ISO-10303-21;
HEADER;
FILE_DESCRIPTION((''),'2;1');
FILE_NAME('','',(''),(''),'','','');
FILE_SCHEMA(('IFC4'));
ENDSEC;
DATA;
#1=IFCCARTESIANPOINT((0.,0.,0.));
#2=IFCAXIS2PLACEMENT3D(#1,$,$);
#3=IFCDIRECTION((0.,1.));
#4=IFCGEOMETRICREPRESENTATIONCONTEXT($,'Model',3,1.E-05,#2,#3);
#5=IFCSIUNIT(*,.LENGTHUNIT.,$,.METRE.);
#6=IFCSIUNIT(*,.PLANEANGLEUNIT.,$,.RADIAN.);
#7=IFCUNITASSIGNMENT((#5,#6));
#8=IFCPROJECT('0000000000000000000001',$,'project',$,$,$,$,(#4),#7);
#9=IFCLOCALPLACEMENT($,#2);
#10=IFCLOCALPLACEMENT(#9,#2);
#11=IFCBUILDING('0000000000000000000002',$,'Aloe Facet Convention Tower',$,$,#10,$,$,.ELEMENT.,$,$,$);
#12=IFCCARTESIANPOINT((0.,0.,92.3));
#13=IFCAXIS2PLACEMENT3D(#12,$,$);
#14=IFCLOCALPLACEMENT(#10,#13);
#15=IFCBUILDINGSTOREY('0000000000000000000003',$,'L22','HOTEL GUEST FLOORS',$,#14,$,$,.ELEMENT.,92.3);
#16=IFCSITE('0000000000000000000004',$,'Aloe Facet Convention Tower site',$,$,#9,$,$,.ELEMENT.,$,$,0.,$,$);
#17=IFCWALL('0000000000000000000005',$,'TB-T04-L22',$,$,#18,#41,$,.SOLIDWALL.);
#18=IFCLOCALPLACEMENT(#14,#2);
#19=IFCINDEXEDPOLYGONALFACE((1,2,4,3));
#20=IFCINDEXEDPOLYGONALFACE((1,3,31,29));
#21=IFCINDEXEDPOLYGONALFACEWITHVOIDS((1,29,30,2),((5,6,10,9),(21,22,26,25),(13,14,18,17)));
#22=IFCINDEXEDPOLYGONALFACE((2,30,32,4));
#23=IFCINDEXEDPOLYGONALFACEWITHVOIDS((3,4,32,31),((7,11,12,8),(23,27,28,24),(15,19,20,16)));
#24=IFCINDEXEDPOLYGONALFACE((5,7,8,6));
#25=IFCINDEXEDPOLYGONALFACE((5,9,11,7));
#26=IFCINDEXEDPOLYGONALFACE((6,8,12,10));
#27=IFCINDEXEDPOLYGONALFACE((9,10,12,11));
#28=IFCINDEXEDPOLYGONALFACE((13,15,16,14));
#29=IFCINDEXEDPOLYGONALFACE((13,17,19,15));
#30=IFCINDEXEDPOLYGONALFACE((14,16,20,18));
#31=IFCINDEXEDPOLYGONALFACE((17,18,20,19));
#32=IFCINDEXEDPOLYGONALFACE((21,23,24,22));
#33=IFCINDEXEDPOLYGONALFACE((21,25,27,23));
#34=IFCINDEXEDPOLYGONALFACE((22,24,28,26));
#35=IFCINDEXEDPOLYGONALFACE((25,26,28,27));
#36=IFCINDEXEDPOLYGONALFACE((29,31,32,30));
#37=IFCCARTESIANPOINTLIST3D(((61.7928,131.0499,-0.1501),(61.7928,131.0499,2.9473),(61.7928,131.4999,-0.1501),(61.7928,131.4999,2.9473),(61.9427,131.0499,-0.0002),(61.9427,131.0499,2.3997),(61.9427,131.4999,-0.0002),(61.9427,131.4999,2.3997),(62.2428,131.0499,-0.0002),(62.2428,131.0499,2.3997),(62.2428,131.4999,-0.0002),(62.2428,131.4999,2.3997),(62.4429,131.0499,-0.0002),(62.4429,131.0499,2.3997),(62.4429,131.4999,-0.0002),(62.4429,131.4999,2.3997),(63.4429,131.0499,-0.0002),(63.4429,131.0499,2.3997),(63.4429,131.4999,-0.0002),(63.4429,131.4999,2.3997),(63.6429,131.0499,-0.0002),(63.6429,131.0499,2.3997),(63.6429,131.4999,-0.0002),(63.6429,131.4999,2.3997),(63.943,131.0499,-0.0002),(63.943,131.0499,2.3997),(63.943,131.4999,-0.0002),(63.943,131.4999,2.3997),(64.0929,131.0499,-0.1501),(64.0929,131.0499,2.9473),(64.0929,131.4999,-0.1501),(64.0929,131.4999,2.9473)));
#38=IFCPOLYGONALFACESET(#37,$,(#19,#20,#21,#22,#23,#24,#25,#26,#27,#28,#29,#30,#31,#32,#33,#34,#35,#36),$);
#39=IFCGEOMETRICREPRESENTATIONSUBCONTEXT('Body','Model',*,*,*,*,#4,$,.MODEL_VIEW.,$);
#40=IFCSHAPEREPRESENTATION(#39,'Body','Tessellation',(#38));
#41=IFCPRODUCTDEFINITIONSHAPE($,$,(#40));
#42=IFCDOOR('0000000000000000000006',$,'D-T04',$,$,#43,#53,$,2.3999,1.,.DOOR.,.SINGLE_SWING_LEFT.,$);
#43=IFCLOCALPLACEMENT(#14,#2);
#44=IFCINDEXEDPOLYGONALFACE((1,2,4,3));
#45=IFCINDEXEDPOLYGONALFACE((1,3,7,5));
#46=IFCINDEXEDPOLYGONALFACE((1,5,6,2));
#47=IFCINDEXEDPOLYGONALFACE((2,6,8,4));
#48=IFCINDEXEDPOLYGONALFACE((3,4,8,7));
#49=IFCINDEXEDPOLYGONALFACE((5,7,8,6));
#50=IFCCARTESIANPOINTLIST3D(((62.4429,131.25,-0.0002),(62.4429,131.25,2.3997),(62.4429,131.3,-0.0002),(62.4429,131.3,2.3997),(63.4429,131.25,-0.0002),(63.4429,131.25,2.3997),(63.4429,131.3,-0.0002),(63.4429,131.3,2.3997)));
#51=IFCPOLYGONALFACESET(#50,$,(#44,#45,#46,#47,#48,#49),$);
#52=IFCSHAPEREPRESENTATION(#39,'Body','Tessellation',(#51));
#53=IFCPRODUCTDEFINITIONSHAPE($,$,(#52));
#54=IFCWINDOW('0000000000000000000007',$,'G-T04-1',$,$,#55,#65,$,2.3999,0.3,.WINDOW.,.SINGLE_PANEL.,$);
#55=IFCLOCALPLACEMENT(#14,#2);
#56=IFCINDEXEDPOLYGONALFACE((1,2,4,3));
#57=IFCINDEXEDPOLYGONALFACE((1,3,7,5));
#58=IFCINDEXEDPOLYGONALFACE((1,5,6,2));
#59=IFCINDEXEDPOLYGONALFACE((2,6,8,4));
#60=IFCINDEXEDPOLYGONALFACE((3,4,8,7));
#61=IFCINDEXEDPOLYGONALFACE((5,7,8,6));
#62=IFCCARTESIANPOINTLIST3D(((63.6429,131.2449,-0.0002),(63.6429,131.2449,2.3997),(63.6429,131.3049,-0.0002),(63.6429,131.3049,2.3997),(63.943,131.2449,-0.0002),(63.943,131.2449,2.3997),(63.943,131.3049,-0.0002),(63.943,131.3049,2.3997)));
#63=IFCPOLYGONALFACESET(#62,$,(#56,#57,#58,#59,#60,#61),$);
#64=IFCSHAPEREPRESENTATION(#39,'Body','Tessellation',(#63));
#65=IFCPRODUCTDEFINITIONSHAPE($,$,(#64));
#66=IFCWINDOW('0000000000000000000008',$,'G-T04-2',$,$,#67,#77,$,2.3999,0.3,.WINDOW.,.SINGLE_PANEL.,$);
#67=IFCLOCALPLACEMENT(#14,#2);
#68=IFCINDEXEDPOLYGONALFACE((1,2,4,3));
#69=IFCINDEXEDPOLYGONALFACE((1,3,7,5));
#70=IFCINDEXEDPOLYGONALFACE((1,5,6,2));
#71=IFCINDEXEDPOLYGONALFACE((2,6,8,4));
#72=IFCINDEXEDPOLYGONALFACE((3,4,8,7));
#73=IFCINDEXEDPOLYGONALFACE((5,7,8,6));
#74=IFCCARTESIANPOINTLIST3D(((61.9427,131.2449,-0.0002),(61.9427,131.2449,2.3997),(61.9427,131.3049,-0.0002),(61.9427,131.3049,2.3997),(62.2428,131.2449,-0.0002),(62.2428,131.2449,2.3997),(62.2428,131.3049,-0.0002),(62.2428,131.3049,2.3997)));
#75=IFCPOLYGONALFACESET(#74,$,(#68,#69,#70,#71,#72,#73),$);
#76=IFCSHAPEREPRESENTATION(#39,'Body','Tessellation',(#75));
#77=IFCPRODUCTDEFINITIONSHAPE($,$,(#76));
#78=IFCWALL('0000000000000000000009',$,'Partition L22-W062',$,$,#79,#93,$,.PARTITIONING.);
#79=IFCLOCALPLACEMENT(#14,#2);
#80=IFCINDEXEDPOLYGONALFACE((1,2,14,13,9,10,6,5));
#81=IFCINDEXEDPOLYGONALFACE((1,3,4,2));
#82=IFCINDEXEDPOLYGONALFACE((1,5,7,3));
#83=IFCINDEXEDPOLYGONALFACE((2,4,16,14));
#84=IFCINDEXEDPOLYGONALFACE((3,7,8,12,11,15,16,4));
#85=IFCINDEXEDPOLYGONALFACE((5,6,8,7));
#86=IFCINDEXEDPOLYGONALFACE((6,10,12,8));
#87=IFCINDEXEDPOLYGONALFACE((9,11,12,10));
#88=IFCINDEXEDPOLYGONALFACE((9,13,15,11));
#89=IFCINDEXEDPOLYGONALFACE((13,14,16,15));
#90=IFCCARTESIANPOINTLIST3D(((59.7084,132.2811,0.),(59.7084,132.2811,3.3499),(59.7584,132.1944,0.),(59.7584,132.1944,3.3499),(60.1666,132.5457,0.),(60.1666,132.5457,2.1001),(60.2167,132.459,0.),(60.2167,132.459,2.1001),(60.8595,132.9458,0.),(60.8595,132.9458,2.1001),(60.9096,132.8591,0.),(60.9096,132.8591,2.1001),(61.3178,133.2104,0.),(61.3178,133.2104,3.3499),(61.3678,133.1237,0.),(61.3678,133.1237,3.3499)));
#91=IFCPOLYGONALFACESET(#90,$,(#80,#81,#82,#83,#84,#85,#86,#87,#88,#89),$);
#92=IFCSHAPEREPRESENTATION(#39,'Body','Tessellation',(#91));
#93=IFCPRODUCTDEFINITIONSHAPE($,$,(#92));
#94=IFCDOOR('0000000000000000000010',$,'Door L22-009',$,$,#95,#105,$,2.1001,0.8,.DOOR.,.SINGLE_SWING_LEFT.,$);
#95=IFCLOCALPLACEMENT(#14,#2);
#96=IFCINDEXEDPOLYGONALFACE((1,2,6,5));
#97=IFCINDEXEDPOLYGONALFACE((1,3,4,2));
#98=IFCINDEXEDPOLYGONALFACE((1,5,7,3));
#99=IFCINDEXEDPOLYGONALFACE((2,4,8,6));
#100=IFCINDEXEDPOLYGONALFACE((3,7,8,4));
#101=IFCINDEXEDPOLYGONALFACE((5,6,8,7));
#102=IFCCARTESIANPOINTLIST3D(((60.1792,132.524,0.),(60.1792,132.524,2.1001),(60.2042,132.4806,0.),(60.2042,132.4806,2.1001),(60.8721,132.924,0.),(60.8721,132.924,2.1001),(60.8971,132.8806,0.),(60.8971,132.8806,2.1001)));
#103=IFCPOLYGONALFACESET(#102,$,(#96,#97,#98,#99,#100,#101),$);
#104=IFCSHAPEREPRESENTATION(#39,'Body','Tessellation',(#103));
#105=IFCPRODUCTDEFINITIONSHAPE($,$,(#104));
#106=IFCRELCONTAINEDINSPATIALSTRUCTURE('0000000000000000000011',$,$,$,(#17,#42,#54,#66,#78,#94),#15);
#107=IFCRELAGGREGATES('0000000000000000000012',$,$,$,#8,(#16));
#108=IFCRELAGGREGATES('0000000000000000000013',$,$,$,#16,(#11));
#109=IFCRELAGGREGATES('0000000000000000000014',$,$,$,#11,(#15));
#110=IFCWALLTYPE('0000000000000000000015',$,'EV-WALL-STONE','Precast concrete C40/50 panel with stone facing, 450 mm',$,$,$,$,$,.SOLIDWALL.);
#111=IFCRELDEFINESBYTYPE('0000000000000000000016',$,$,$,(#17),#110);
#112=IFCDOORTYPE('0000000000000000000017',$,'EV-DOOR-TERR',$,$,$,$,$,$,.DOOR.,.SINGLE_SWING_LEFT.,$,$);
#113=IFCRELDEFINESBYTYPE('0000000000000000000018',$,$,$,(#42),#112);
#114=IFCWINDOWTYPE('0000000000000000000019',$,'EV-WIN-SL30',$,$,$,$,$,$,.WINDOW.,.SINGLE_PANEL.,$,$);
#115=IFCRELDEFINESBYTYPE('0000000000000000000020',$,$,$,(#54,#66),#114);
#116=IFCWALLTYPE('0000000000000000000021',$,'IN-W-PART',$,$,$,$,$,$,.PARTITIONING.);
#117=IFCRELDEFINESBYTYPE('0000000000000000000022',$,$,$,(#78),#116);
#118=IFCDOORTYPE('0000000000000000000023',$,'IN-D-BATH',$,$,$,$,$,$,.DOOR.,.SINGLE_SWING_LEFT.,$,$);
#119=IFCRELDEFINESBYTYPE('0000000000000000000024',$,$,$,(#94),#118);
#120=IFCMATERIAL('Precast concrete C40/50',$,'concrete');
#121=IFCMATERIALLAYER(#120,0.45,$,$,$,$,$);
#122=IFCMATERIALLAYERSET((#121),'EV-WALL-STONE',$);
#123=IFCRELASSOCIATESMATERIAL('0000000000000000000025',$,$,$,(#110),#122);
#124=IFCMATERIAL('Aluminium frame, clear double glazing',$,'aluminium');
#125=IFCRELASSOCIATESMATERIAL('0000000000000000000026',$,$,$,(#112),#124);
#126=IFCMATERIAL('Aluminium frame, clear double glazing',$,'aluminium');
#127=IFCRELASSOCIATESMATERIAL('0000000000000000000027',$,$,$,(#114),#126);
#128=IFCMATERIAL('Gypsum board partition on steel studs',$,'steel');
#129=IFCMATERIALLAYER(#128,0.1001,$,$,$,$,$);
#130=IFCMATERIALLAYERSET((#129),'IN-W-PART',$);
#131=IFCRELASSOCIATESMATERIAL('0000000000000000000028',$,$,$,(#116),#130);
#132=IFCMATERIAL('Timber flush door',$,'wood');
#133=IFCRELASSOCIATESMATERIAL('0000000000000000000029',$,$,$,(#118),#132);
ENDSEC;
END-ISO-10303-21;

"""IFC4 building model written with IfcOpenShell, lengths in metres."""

from ifc_helpers import new_model, si_unit, direction, frame, frame_2d, origin, place, context, subcontext, project, spatial, rectangle, extrude, material, layer, layer_set, type_object, element, fill, save


model = new_model("IFC4")

# Units and contexts
model_context = context("Model", 3, precision=1e-05, world=origin(), true_north=direction((0.0, 1.0)))
body_context = subcontext(model_context, "Body", "Model", "MODEL_VIEW")
ifc_project = project(units=[si_unit("LENGTHUNIT", "METRE"), si_unit("PLANEANGLEUNIT", "RADIAN")], contexts=[model_context])

# Site, building, storey
site_placement = place(None, origin())
site = spatial("IfcSite", under=ifc_project, at=site_placement, Name="Aloe Facet Convention Tower site", CompositionType="ELEMENT", RefElevation=0.0)
building_placement = place(site_placement, origin())
building = spatial("IfcBuilding", under=site, at=building_placement, Name="Aloe Facet Convention Tower", CompositionType="ELEMENT")
storey_placement = place(building_placement, frame((0.0, 0.0, 92.3)))
storey = spatial("IfcBuildingStorey", under=building, at=storey_placement, Name="L22", Description="HOTEL GUEST FLOORS", CompositionType="ELEMENT", Elevation=92.3)

# Shared definitions
ifc_material_1 = material(Name="Precast concrete C40/50", Category="concrete")
ifc_layer_1 = layer(ifc_material_1, 0.45)
ifc_layer_set_1 = layer_set([ifc_layer_1], Name="EV-WALL-STONE")
wall_type_1 = type_object("IfcWallType", Name="EV-WALL-STONE", Description="Precast concrete C40/50 panel with stone facing, 450 mm", PredefinedType="SOLIDWALL", material=ifc_layer_set_1)

# Wall, openings, door, windows
wall_1_placement = place(storey_placement, frame((64.0928, 131.2749, -0.1501), z_axis=(0.0, 0.0, 1.0), x_axis=(-1.0, 0.0, 0.0)))
wall_1 = element("IfcWall", 1, at=wall_1_placement, inside=storey, type_object=wall_type_1, Name="TB-T04-L22", PredefinedType="SOLIDWALL", context=body_context, shape_type="SweptSolid", body=[
    extrude(rectangle(XDim=2.3, YDim=0.45, at=frame_2d((1.1499, 0.0))), origin(), (0.0, 0.0, 1.0), 3.0974),
])
opening_1_placement = place(wall_1_placement, frame((0.6499, 0.0, 0.1499)))
opening_1 = element("IfcOpeningElement", 2, at=opening_1_placement, cuts=wall_1, PredefinedType="OPENING", context=body_context, shape_type="SweptSolid", body=[
    extrude(rectangle(XDim=1.0, YDim=2.3999, at=frame_2d((0.5, 1.2))), frame((0.0, 0.2349, 0.0), z_axis=(0.0, -1.0, 0.0), x_axis=(1.0, 0.0, 0.0)), (0.0, 0.0, 1.0), 0.47),
])
opening_2_placement = place(wall_1_placement, frame((0.1499, 0.0, 0.1499)))
opening_2 = element("IfcOpeningElement", 3, at=opening_2_placement, cuts=wall_1, PredefinedType="OPENING", context=body_context, shape_type="SweptSolid", body=[
    extrude(rectangle(XDim=0.3, YDim=2.3999, at=frame_2d((0.1499, 1.2))), frame((0.0, 0.2349, 0.0), z_axis=(0.0, -1.0, 0.0), x_axis=(1.0, 0.0, 0.0)), (0.0, 0.0, 1.0), 0.47),
])
opening_3_placement = place(wall_1_placement, frame((1.8501, 0.0, 0.1499)))
opening_3 = element("IfcOpeningElement", 4, at=opening_3_placement, cuts=wall_1, PredefinedType="OPENING", context=body_context, shape_type="SweptSolid", body=[
    extrude(rectangle(XDim=0.3, YDim=2.3999, at=frame_2d((0.1499, 1.2))), frame((0.0, 0.2349, 0.0), z_axis=(0.0, -1.0, 0.0), x_axis=(1.0, 0.0, 0.0)), (0.0, 0.0, 1.0), 0.47),
])
ifc_material_2 = material(Name="Aluminium frame, clear double glazing", Category="aluminium")
door_type_1 = type_object("IfcDoorType", Name="EV-DOOR-TERR", OperationType="SINGLE_SWING_LEFT", PredefinedType="DOOR", material=ifc_material_2)
door_1_placement = place(opening_1_placement, origin())
door_1 = element("IfcDoor", 5, at=door_1_placement, inside=storey, type_object=door_type_1, Name="D-T04", OperationType="SINGLE_SWING_LEFT", OverallHeight=2.3999, OverallWidth=1.0, PredefinedType="DOOR", context=body_context, shape_type="SweptSolid", body=[
    extrude(rectangle(XDim=1.0, YDim=2.3999, at=frame_2d((0.5, 1.2))), frame((0.0, 0.0249, 0.0), z_axis=(0.0, -1.0, 0.0), x_axis=(1.0, 0.0, 0.0)), (0.0, 0.0, 1.0), 0.05),
])
fill(opening_1, door_1)
ifc_material_3 = material(Name="Aluminium frame, clear double glazing", Category="aluminium")
window_type_1 = type_object("IfcWindowType", Name="EV-WIN-SL30", PartitioningType="SINGLE_PANEL", PredefinedType="WINDOW", material=ifc_material_3)
window_1_placement = place(opening_2_placement, origin())
window_1 = element("IfcWindow", 6, at=window_1_placement, inside=storey, type_object=window_type_1, Name="G-T04-1", OverallHeight=2.3999, OverallWidth=0.3, PartitioningType="SINGLE_PANEL", PredefinedType="WINDOW", context=body_context, shape_type="SweptSolid", body=[
    extrude(rectangle(XDim=0.3, YDim=2.3999, at=frame_2d((0.1499, 1.2))), frame((0.0, 0.03, 0.0), z_axis=(0.0, -1.0, 0.0), x_axis=(1.0, 0.0, 0.0)), (0.0, 0.0, 1.0), 0.0601),
])
fill(opening_2, window_1)
window_2_placement = place(opening_3_placement, origin())
window_2 = element("IfcWindow", 7, at=window_2_placement, inside=storey, type_object=window_type_1, Name="G-T04-2", OverallHeight=2.3999, OverallWidth=0.3, PartitioningType="SINGLE_PANEL", PredefinedType="WINDOW", context=body_context, shape_type="SweptSolid", body=[
    extrude(rectangle(XDim=0.3, YDim=2.3999, at=frame_2d((0.1499, 1.2))), frame((0.0, 0.03, 0.0), z_axis=(0.0, -1.0, 0.0), x_axis=(1.0, 0.0, 0.0)), (0.0, 0.0, 1.0), 0.0601),
])
fill(opening_3, window_2)

# Wall, opening, door
ifc_material_4 = material(Name="Gypsum board partition on steel studs", Category="steel")
ifc_layer_2 = layer(ifc_material_4, 0.1001)
ifc_layer_set_2 = layer_set([ifc_layer_2], Name="IN-W-PART")
wall_type_2 = type_object("IfcWallType", Name="IN-W-PART", PredefinedType="PARTITIONING", material=ifc_layer_set_2)
wall_2_placement = place(storey_placement, frame((59.7334, 132.2378, 0.0), z_axis=(0.0, 0.0, 1.0), x_axis=(0.866019, 0.500011, 0.0)))
wall_2 = element("IfcWall", 8, at=wall_2_placement, inside=storey, type_object=wall_type_2, Name="Partition L22-W062", PredefinedType="PARTITIONING", context=body_context, shape_type="SweptSolid", body=[
    extrude(rectangle(XDim=1.8584, YDim=0.1001, at=frame_2d((0.9292, 0.0))), origin(), (0.0, 0.0, 1.0), 3.3499),
])
opening_4_placement = place(wall_2_placement, frame((0.5293, 0.0, 0.0)))
opening_4 = element("IfcOpeningElement", 9, at=opening_4_placement, cuts=wall_2, PredefinedType="OPENING", context=body_context, shape_type="SweptSolid", body=[
    extrude(rectangle(XDim=0.8, YDim=2.1001, at=frame_2d((0.3999, 1.05))), frame((0.0, 0.0601, 0.0), z_axis=(0.0, -1.0, 0.0), x_axis=(1.0, 0.0, 0.0)), (0.0, 0.0, 1.0), 0.1201),
])
ifc_material_5 = material(Name="Timber flush door", Category="wood")
door_type_2 = type_object("IfcDoorType", Name="IN-D-BATH", OperationType="SINGLE_SWING_LEFT", PredefinedType="DOOR", material=ifc_material_5)
door_2_placement = place(opening_4_placement, origin())
door_2 = element("IfcDoor", 10, at=door_2_placement, inside=storey, type_object=door_type_2, Name="Door L22-009", OperationType="SINGLE_SWING_LEFT", OverallHeight=2.1001, OverallWidth=0.8, PredefinedType="DOOR", context=body_context, shape_type="SweptSolid", body=[
    extrude(rectangle(XDim=0.8, YDim=2.1001, at=frame_2d((0.3999, 1.05))), frame((0.0, 0.0249, 0.0), z_axis=(0.0, -1.0, 0.0), x_axis=(1.0, 0.0, 0.0)), (0.0, 0.0, 1.0), 0.05),
])
fill(opening_4, door_2)

save(model, "model.ifc")
